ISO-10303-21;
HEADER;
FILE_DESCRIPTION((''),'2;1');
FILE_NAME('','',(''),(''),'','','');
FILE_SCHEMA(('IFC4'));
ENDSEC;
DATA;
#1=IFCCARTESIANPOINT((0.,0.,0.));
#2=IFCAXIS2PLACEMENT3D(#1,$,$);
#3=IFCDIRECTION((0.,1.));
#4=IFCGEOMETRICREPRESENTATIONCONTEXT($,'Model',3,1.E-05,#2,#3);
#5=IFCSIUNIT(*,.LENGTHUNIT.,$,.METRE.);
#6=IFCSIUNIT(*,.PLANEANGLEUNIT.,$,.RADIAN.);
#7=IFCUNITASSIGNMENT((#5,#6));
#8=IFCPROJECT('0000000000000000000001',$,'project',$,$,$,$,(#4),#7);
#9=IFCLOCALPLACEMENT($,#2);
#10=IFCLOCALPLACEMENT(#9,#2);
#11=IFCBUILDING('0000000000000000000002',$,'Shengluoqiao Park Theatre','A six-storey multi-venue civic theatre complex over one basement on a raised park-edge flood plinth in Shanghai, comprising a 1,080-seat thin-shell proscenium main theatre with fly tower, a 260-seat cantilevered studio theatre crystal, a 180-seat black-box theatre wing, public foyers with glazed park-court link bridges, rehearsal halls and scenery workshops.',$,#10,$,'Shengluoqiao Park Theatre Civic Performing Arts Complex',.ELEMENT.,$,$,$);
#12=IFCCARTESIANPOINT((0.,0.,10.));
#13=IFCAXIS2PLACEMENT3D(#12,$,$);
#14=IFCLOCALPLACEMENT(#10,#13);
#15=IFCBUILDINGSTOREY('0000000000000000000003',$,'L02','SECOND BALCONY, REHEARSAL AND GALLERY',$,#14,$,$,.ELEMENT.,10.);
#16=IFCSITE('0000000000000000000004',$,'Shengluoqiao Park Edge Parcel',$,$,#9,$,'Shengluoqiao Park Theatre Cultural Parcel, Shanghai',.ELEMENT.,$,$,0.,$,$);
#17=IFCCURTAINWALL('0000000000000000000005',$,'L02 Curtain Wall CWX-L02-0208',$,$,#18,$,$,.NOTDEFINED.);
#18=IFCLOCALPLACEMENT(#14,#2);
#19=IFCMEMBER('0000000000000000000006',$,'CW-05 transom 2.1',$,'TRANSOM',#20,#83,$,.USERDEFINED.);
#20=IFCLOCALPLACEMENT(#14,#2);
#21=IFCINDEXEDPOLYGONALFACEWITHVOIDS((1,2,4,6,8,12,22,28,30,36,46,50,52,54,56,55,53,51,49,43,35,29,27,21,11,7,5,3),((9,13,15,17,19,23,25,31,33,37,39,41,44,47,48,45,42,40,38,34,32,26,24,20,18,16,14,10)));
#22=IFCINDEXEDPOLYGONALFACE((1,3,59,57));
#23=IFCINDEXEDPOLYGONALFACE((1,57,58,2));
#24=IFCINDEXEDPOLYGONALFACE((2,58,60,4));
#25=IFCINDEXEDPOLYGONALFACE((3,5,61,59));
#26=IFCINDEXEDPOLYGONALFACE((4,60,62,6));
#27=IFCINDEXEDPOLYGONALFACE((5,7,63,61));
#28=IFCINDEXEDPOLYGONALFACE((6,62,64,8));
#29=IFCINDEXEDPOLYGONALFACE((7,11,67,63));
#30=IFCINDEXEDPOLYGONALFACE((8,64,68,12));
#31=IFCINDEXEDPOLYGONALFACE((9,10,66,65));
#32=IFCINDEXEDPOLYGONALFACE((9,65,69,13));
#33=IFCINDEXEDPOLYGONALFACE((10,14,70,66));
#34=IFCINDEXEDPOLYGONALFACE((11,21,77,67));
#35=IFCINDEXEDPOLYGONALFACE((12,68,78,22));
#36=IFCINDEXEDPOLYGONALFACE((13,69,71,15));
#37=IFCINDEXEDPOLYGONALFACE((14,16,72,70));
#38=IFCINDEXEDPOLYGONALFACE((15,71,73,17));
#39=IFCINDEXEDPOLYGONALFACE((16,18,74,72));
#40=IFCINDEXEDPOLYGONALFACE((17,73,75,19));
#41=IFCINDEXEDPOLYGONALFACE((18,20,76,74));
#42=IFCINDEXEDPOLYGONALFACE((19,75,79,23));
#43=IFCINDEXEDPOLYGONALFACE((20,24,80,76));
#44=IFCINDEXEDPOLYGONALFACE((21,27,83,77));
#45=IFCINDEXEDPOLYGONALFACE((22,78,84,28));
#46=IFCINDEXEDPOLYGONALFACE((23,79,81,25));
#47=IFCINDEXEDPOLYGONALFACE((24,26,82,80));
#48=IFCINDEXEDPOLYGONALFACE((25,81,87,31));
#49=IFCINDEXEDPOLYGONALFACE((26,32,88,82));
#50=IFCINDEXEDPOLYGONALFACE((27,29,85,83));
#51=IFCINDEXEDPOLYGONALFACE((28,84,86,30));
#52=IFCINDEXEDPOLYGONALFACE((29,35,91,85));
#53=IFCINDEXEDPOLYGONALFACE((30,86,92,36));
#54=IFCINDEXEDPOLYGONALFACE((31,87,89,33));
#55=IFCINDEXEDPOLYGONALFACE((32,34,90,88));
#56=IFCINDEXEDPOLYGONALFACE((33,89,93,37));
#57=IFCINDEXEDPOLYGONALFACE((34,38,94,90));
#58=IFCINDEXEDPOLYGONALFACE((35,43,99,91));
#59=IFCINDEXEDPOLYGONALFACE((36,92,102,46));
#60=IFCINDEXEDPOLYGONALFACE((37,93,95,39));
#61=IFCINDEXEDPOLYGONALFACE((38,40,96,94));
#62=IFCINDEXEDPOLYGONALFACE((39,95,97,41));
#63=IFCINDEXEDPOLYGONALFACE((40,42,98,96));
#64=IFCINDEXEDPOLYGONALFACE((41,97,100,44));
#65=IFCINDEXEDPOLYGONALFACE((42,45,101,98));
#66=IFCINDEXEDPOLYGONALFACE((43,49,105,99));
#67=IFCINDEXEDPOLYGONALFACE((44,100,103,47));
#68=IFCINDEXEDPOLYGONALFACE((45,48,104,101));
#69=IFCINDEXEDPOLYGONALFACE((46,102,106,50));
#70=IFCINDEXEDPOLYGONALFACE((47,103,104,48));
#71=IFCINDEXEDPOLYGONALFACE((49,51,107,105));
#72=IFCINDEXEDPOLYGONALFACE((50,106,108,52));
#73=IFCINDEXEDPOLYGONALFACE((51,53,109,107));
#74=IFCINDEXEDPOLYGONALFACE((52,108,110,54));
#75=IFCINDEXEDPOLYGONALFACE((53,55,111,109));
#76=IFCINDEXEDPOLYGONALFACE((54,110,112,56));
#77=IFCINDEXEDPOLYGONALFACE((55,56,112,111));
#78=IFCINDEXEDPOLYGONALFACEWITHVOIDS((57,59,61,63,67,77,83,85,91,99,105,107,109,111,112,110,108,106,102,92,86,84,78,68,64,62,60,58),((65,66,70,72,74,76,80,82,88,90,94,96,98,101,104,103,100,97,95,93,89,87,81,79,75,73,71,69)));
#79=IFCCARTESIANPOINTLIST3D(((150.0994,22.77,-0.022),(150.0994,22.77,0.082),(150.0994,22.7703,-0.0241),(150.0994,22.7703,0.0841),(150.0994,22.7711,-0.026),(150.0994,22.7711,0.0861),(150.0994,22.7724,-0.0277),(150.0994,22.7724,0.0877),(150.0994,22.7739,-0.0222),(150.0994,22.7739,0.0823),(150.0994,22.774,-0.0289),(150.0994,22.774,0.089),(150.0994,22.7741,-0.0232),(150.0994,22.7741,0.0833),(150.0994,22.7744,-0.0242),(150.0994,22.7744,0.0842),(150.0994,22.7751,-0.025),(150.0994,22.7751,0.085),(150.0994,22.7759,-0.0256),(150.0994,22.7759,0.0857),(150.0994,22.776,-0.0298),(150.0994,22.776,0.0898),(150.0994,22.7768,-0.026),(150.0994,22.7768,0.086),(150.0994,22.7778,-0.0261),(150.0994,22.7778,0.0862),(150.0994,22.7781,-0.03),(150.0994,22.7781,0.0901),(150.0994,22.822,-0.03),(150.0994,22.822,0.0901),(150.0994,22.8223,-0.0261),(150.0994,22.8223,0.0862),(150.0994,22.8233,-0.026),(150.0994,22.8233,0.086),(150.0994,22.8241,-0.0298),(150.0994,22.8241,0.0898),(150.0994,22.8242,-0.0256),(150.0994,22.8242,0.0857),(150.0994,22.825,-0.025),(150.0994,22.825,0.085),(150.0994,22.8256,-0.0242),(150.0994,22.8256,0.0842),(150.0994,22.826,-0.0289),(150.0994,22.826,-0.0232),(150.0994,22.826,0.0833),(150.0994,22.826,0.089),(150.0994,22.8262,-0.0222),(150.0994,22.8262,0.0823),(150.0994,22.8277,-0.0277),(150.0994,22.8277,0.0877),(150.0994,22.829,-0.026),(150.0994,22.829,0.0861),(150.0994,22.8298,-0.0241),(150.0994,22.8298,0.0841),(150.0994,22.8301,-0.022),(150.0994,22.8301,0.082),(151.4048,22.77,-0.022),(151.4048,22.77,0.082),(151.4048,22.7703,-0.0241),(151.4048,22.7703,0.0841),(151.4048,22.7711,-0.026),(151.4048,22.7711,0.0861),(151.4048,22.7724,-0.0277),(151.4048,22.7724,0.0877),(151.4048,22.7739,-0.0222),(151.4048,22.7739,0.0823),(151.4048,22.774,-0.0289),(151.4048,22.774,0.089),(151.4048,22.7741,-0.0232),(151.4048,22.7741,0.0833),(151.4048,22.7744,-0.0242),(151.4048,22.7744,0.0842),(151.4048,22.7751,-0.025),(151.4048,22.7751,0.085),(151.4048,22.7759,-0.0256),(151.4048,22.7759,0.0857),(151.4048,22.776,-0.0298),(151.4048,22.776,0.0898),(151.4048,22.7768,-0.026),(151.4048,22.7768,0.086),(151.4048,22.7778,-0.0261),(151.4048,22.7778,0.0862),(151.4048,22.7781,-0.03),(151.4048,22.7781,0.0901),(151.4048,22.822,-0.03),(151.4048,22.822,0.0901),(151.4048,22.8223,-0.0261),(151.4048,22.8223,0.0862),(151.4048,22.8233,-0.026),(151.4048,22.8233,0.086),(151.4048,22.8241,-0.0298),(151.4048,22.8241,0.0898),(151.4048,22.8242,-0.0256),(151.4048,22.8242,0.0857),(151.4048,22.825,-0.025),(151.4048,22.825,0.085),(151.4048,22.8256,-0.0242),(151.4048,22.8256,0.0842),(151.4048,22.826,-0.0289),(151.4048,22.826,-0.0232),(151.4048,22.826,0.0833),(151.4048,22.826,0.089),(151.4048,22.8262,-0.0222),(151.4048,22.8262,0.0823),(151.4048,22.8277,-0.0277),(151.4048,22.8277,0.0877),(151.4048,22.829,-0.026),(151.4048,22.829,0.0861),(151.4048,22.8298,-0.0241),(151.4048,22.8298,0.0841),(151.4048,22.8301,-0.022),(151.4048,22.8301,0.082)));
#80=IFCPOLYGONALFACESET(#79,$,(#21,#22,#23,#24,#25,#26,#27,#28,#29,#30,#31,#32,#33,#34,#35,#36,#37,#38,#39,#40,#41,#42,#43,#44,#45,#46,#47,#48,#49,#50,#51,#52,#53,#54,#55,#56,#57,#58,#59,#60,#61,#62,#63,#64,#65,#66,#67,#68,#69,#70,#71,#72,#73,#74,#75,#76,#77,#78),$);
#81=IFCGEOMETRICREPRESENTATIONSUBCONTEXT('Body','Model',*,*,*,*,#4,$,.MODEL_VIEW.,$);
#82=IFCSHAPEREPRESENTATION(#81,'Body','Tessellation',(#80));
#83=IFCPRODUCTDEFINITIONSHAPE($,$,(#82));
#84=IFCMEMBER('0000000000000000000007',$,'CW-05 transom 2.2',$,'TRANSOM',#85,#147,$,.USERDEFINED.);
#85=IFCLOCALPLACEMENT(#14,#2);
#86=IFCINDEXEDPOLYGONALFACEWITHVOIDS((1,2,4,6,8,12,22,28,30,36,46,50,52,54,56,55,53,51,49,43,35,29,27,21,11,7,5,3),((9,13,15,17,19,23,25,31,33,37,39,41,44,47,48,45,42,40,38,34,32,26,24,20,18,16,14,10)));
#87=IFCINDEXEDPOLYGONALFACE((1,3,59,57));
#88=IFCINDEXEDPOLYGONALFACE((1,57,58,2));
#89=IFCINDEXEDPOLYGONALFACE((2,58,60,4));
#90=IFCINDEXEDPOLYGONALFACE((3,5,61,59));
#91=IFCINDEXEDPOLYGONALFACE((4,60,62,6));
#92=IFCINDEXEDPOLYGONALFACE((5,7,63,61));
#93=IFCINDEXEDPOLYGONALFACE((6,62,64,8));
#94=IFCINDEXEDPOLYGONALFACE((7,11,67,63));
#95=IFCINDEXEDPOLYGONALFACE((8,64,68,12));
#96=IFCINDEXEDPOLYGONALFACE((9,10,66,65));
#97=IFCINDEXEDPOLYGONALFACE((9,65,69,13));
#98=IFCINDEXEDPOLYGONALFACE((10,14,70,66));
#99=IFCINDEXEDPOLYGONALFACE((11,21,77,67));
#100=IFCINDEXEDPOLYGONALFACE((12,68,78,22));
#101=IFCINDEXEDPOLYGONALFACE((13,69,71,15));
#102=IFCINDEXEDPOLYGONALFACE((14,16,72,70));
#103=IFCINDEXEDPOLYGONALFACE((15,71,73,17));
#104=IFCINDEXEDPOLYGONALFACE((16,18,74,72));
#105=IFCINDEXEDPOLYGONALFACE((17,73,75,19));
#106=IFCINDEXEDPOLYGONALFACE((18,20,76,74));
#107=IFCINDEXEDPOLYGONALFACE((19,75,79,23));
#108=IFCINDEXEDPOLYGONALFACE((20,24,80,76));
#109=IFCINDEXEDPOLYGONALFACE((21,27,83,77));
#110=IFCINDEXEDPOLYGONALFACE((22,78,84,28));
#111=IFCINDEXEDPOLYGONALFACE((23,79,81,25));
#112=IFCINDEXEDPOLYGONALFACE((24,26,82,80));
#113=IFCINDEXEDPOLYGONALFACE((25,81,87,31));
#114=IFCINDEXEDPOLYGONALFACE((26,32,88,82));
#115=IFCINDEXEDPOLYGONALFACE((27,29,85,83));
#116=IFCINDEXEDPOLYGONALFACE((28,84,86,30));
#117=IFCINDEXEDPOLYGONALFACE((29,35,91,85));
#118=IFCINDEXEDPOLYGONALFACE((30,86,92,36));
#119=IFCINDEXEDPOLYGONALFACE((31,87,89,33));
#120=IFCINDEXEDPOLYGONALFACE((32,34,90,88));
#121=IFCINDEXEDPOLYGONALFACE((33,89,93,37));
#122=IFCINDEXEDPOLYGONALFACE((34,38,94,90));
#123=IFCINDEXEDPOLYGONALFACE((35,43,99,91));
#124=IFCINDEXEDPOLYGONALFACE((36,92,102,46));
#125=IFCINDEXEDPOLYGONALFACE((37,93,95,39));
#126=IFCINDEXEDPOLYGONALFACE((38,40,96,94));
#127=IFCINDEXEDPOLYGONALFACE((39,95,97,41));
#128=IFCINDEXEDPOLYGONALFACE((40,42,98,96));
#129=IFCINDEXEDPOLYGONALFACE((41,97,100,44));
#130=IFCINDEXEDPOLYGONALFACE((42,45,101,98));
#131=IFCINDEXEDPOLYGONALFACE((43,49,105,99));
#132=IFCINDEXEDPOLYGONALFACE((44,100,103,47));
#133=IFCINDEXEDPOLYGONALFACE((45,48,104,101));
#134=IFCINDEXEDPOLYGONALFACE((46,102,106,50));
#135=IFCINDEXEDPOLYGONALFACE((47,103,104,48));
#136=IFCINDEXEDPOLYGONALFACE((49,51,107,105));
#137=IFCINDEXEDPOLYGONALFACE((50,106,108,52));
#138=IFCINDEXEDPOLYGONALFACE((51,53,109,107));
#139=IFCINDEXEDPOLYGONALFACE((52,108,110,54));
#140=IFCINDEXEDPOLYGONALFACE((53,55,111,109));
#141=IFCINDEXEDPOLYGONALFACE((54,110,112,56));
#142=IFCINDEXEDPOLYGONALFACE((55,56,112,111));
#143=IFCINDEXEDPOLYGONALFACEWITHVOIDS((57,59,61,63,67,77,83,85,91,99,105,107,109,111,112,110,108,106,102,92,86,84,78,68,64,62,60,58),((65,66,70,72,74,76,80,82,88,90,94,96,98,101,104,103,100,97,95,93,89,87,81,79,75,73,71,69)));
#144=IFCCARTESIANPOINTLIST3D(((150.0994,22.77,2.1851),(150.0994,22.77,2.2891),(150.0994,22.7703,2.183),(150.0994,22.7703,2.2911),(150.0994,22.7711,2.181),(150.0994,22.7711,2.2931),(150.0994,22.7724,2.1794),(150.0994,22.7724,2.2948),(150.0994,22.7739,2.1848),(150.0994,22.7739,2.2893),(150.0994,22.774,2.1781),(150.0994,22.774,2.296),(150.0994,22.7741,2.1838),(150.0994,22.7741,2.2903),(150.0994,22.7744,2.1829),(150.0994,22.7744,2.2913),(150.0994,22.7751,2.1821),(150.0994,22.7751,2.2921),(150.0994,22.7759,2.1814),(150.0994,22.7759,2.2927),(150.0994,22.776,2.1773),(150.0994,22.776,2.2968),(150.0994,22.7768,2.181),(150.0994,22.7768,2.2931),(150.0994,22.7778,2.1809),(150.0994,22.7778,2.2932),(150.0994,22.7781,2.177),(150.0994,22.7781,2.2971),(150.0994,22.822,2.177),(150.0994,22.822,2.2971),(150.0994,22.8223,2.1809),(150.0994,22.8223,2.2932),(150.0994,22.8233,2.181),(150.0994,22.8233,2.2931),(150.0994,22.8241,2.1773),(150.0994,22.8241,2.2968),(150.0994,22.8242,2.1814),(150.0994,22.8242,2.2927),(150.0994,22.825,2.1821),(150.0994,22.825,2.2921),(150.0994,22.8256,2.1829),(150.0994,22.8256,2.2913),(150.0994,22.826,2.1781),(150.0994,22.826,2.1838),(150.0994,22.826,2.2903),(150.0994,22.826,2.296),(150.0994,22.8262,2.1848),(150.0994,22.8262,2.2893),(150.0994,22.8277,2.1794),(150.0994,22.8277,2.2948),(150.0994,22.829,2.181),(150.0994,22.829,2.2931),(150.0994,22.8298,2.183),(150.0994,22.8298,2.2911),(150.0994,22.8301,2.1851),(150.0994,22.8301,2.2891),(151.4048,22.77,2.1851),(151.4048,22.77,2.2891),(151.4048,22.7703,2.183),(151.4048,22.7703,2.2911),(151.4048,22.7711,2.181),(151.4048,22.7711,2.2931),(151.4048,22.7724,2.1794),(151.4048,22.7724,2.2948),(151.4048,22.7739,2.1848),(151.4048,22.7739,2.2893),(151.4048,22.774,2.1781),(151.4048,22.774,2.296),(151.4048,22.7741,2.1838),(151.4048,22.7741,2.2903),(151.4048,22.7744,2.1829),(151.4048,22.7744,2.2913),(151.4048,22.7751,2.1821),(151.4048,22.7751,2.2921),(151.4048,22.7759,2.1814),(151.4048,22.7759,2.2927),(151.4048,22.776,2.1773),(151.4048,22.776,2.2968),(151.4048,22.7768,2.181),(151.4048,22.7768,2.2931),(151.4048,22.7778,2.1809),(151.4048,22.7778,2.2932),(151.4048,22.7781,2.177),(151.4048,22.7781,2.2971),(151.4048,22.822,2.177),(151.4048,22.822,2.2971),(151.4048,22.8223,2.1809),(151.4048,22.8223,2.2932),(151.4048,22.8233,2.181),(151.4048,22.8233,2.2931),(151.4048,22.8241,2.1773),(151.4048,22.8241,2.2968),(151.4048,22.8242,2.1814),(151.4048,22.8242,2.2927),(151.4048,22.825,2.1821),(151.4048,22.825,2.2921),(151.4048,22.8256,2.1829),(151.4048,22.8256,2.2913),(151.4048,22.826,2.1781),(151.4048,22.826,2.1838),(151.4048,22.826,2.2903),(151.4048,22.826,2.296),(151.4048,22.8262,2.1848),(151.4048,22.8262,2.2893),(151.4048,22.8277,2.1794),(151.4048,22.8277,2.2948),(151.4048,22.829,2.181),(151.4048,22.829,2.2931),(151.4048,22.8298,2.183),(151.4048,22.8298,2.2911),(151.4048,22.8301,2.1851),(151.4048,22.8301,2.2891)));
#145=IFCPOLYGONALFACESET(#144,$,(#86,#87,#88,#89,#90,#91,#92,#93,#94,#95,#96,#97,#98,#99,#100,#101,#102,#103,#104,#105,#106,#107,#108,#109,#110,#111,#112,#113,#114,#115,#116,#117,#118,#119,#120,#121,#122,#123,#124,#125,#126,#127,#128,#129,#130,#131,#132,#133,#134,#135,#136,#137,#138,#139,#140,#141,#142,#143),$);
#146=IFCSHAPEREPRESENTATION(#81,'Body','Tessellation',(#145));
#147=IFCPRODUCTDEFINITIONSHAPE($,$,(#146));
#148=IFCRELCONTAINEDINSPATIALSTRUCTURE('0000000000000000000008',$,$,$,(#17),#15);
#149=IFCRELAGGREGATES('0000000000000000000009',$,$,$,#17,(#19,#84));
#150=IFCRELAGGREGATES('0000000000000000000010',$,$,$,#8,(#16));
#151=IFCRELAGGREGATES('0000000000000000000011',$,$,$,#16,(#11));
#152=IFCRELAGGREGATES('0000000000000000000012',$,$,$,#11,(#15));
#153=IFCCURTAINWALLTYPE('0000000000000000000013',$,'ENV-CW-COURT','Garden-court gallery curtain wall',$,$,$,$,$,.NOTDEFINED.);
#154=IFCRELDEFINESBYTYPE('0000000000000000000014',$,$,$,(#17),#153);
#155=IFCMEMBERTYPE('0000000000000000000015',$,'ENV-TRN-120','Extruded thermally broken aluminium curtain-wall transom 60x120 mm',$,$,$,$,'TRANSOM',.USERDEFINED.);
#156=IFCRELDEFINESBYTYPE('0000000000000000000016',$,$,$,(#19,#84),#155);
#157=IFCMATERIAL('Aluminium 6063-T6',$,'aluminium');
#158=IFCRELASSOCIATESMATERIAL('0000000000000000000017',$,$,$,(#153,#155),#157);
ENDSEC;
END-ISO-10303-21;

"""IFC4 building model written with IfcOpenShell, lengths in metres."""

from ifc_helpers import new_model, si_unit, direction, frame, origin, origin_2d, place, context, subcontext, project, spatial, hollow_rectangle, extrude, material, material_profile, profile_set, type_object, element, aggregate, save


model = new_model("IFC4")

# Units and contexts
model_context = context("Model", 3, precision=1e-05, world=origin(), true_north=direction((0.0, 1.0)))
body_context = subcontext(model_context, "Body", "Model", "MODEL_VIEW")
ifc_project = project(units=[si_unit("LENGTHUNIT", "METRE"), si_unit("PLANEANGLEUNIT", "RADIAN")], contexts=[model_context])

# Site, building, storey
site_placement = place(None, origin())
site = spatial("IfcSite", under=ifc_project, at=site_placement, Name="Shengluoqiao Park Edge Parcel", LongName="Shengluoqiao Park Theatre Cultural Parcel, Shanghai", CompositionType="ELEMENT", RefElevation=0.0)
building_placement = place(site_placement, origin())
building = spatial("IfcBuilding", under=site, at=building_placement, Name="Shengluoqiao Park Theatre", Description="A six-storey multi-venue civic theatre complex over one basement on a raised park-edge flood plinth in Shanghai, comprising a 1,080-seat thin-shell proscenium main theatre with fly tower, a 260-seat cantilevered studio theatre crystal, a 180-seat black-box theatre wing, public foyers with glazed park-court link bridges, rehearsal halls and scenery workshops.", LongName="Shengluoqiao Park Theatre Civic Performing Arts Complex", CompositionType="ELEMENT")
storey_placement = place(building_placement, frame((0.0, 0.0, 10.0)))
storey = spatial("IfcBuildingStorey", under=building, at=storey_placement, Name="L02", Description="SECOND BALCONY, REHEARSAL AND GALLERY", CompositionType="ELEMENT", Elevation=10.0)

# Curtain wall, members
ifc_material_1 = material(Name="Aluminium 6063-T6", Category="aluminium")
curtain_wall_type = type_object("IfcCurtainWallType", Name="ENV-CW-COURT", Description="Garden-court gallery curtain wall", PredefinedType="NOTDEFINED", material=ifc_material_1)
curtain_wall_placement = place(storey_placement, origin())
curtain_wall = element("IfcCurtainWall", 1, at=curtain_wall_placement, inside=storey, type_object=curtain_wall_type, Name="L02 Curtain Wall CWX-L02-0208", PredefinedType="NOTDEFINED")
ifc_material_profile_1 = material_profile(ifc_material_1, hollow_rectangle(XDim=0.0601, YDim=0.1201, WallThickness=0.0039, InnerFilletRadius=0.0039, OuterFilletRadius=0.0081, at=origin_2d()), Name="ALU TRANSOM 120x60x4")
ifc_profile_set_1 = profile_set([ifc_material_profile_1], Name="Aluminium 6063-T6")
member_type_1 = type_object("IfcMemberType", Name="ENV-TRN-120", Description="Extruded thermally broken aluminium curtain-wall transom 60x120 mm", ElementType="TRANSOM", PredefinedType="USERDEFINED", material=ifc_profile_set_1)
member_1_placement = place(storey_placement, frame((150.0994, 22.8, 0.03), z_axis=(1.0, 0.0, 0.0), x_axis=(0.0, 1.0, 0.0)))
member_1 = element("IfcMember", 2, at=member_1_placement, type_object=member_type_1, Name="CW-05 transom 2.1", ObjectType="TRANSOM", PredefinedType="USERDEFINED", context=body_context, shape_type="SweptSolid", body=[
    extrude(hollow_rectangle(XDim=0.0601, YDim=0.1201, WallThickness=0.0039, InnerFilletRadius=0.0039, OuterFilletRadius=0.0081, at=origin_2d()), origin(), (0.0, 0.0, 1.0), 1.3054),
])
member_2_placement = place(storey_placement, frame((150.0994, 22.8, 2.2371), z_axis=(1.0, 0.0, 0.0), x_axis=(0.0, 1.0, 0.0)))
member_2 = element("IfcMember", 3, at=member_2_placement, type_object=member_type_1, Name="CW-05 transom 2.2", ObjectType="TRANSOM", PredefinedType="USERDEFINED", context=body_context, shape_type="SweptSolid", body=[
    extrude(hollow_rectangle(XDim=0.0601, YDim=0.1201, WallThickness=0.0039, InnerFilletRadius=0.0039, OuterFilletRadius=0.0081, at=origin_2d()), origin(), (0.0, 0.0, 1.0), 1.3054),
])

aggregate(curtain_wall, [member_1, member_2])

save(model, "model.ifc")
